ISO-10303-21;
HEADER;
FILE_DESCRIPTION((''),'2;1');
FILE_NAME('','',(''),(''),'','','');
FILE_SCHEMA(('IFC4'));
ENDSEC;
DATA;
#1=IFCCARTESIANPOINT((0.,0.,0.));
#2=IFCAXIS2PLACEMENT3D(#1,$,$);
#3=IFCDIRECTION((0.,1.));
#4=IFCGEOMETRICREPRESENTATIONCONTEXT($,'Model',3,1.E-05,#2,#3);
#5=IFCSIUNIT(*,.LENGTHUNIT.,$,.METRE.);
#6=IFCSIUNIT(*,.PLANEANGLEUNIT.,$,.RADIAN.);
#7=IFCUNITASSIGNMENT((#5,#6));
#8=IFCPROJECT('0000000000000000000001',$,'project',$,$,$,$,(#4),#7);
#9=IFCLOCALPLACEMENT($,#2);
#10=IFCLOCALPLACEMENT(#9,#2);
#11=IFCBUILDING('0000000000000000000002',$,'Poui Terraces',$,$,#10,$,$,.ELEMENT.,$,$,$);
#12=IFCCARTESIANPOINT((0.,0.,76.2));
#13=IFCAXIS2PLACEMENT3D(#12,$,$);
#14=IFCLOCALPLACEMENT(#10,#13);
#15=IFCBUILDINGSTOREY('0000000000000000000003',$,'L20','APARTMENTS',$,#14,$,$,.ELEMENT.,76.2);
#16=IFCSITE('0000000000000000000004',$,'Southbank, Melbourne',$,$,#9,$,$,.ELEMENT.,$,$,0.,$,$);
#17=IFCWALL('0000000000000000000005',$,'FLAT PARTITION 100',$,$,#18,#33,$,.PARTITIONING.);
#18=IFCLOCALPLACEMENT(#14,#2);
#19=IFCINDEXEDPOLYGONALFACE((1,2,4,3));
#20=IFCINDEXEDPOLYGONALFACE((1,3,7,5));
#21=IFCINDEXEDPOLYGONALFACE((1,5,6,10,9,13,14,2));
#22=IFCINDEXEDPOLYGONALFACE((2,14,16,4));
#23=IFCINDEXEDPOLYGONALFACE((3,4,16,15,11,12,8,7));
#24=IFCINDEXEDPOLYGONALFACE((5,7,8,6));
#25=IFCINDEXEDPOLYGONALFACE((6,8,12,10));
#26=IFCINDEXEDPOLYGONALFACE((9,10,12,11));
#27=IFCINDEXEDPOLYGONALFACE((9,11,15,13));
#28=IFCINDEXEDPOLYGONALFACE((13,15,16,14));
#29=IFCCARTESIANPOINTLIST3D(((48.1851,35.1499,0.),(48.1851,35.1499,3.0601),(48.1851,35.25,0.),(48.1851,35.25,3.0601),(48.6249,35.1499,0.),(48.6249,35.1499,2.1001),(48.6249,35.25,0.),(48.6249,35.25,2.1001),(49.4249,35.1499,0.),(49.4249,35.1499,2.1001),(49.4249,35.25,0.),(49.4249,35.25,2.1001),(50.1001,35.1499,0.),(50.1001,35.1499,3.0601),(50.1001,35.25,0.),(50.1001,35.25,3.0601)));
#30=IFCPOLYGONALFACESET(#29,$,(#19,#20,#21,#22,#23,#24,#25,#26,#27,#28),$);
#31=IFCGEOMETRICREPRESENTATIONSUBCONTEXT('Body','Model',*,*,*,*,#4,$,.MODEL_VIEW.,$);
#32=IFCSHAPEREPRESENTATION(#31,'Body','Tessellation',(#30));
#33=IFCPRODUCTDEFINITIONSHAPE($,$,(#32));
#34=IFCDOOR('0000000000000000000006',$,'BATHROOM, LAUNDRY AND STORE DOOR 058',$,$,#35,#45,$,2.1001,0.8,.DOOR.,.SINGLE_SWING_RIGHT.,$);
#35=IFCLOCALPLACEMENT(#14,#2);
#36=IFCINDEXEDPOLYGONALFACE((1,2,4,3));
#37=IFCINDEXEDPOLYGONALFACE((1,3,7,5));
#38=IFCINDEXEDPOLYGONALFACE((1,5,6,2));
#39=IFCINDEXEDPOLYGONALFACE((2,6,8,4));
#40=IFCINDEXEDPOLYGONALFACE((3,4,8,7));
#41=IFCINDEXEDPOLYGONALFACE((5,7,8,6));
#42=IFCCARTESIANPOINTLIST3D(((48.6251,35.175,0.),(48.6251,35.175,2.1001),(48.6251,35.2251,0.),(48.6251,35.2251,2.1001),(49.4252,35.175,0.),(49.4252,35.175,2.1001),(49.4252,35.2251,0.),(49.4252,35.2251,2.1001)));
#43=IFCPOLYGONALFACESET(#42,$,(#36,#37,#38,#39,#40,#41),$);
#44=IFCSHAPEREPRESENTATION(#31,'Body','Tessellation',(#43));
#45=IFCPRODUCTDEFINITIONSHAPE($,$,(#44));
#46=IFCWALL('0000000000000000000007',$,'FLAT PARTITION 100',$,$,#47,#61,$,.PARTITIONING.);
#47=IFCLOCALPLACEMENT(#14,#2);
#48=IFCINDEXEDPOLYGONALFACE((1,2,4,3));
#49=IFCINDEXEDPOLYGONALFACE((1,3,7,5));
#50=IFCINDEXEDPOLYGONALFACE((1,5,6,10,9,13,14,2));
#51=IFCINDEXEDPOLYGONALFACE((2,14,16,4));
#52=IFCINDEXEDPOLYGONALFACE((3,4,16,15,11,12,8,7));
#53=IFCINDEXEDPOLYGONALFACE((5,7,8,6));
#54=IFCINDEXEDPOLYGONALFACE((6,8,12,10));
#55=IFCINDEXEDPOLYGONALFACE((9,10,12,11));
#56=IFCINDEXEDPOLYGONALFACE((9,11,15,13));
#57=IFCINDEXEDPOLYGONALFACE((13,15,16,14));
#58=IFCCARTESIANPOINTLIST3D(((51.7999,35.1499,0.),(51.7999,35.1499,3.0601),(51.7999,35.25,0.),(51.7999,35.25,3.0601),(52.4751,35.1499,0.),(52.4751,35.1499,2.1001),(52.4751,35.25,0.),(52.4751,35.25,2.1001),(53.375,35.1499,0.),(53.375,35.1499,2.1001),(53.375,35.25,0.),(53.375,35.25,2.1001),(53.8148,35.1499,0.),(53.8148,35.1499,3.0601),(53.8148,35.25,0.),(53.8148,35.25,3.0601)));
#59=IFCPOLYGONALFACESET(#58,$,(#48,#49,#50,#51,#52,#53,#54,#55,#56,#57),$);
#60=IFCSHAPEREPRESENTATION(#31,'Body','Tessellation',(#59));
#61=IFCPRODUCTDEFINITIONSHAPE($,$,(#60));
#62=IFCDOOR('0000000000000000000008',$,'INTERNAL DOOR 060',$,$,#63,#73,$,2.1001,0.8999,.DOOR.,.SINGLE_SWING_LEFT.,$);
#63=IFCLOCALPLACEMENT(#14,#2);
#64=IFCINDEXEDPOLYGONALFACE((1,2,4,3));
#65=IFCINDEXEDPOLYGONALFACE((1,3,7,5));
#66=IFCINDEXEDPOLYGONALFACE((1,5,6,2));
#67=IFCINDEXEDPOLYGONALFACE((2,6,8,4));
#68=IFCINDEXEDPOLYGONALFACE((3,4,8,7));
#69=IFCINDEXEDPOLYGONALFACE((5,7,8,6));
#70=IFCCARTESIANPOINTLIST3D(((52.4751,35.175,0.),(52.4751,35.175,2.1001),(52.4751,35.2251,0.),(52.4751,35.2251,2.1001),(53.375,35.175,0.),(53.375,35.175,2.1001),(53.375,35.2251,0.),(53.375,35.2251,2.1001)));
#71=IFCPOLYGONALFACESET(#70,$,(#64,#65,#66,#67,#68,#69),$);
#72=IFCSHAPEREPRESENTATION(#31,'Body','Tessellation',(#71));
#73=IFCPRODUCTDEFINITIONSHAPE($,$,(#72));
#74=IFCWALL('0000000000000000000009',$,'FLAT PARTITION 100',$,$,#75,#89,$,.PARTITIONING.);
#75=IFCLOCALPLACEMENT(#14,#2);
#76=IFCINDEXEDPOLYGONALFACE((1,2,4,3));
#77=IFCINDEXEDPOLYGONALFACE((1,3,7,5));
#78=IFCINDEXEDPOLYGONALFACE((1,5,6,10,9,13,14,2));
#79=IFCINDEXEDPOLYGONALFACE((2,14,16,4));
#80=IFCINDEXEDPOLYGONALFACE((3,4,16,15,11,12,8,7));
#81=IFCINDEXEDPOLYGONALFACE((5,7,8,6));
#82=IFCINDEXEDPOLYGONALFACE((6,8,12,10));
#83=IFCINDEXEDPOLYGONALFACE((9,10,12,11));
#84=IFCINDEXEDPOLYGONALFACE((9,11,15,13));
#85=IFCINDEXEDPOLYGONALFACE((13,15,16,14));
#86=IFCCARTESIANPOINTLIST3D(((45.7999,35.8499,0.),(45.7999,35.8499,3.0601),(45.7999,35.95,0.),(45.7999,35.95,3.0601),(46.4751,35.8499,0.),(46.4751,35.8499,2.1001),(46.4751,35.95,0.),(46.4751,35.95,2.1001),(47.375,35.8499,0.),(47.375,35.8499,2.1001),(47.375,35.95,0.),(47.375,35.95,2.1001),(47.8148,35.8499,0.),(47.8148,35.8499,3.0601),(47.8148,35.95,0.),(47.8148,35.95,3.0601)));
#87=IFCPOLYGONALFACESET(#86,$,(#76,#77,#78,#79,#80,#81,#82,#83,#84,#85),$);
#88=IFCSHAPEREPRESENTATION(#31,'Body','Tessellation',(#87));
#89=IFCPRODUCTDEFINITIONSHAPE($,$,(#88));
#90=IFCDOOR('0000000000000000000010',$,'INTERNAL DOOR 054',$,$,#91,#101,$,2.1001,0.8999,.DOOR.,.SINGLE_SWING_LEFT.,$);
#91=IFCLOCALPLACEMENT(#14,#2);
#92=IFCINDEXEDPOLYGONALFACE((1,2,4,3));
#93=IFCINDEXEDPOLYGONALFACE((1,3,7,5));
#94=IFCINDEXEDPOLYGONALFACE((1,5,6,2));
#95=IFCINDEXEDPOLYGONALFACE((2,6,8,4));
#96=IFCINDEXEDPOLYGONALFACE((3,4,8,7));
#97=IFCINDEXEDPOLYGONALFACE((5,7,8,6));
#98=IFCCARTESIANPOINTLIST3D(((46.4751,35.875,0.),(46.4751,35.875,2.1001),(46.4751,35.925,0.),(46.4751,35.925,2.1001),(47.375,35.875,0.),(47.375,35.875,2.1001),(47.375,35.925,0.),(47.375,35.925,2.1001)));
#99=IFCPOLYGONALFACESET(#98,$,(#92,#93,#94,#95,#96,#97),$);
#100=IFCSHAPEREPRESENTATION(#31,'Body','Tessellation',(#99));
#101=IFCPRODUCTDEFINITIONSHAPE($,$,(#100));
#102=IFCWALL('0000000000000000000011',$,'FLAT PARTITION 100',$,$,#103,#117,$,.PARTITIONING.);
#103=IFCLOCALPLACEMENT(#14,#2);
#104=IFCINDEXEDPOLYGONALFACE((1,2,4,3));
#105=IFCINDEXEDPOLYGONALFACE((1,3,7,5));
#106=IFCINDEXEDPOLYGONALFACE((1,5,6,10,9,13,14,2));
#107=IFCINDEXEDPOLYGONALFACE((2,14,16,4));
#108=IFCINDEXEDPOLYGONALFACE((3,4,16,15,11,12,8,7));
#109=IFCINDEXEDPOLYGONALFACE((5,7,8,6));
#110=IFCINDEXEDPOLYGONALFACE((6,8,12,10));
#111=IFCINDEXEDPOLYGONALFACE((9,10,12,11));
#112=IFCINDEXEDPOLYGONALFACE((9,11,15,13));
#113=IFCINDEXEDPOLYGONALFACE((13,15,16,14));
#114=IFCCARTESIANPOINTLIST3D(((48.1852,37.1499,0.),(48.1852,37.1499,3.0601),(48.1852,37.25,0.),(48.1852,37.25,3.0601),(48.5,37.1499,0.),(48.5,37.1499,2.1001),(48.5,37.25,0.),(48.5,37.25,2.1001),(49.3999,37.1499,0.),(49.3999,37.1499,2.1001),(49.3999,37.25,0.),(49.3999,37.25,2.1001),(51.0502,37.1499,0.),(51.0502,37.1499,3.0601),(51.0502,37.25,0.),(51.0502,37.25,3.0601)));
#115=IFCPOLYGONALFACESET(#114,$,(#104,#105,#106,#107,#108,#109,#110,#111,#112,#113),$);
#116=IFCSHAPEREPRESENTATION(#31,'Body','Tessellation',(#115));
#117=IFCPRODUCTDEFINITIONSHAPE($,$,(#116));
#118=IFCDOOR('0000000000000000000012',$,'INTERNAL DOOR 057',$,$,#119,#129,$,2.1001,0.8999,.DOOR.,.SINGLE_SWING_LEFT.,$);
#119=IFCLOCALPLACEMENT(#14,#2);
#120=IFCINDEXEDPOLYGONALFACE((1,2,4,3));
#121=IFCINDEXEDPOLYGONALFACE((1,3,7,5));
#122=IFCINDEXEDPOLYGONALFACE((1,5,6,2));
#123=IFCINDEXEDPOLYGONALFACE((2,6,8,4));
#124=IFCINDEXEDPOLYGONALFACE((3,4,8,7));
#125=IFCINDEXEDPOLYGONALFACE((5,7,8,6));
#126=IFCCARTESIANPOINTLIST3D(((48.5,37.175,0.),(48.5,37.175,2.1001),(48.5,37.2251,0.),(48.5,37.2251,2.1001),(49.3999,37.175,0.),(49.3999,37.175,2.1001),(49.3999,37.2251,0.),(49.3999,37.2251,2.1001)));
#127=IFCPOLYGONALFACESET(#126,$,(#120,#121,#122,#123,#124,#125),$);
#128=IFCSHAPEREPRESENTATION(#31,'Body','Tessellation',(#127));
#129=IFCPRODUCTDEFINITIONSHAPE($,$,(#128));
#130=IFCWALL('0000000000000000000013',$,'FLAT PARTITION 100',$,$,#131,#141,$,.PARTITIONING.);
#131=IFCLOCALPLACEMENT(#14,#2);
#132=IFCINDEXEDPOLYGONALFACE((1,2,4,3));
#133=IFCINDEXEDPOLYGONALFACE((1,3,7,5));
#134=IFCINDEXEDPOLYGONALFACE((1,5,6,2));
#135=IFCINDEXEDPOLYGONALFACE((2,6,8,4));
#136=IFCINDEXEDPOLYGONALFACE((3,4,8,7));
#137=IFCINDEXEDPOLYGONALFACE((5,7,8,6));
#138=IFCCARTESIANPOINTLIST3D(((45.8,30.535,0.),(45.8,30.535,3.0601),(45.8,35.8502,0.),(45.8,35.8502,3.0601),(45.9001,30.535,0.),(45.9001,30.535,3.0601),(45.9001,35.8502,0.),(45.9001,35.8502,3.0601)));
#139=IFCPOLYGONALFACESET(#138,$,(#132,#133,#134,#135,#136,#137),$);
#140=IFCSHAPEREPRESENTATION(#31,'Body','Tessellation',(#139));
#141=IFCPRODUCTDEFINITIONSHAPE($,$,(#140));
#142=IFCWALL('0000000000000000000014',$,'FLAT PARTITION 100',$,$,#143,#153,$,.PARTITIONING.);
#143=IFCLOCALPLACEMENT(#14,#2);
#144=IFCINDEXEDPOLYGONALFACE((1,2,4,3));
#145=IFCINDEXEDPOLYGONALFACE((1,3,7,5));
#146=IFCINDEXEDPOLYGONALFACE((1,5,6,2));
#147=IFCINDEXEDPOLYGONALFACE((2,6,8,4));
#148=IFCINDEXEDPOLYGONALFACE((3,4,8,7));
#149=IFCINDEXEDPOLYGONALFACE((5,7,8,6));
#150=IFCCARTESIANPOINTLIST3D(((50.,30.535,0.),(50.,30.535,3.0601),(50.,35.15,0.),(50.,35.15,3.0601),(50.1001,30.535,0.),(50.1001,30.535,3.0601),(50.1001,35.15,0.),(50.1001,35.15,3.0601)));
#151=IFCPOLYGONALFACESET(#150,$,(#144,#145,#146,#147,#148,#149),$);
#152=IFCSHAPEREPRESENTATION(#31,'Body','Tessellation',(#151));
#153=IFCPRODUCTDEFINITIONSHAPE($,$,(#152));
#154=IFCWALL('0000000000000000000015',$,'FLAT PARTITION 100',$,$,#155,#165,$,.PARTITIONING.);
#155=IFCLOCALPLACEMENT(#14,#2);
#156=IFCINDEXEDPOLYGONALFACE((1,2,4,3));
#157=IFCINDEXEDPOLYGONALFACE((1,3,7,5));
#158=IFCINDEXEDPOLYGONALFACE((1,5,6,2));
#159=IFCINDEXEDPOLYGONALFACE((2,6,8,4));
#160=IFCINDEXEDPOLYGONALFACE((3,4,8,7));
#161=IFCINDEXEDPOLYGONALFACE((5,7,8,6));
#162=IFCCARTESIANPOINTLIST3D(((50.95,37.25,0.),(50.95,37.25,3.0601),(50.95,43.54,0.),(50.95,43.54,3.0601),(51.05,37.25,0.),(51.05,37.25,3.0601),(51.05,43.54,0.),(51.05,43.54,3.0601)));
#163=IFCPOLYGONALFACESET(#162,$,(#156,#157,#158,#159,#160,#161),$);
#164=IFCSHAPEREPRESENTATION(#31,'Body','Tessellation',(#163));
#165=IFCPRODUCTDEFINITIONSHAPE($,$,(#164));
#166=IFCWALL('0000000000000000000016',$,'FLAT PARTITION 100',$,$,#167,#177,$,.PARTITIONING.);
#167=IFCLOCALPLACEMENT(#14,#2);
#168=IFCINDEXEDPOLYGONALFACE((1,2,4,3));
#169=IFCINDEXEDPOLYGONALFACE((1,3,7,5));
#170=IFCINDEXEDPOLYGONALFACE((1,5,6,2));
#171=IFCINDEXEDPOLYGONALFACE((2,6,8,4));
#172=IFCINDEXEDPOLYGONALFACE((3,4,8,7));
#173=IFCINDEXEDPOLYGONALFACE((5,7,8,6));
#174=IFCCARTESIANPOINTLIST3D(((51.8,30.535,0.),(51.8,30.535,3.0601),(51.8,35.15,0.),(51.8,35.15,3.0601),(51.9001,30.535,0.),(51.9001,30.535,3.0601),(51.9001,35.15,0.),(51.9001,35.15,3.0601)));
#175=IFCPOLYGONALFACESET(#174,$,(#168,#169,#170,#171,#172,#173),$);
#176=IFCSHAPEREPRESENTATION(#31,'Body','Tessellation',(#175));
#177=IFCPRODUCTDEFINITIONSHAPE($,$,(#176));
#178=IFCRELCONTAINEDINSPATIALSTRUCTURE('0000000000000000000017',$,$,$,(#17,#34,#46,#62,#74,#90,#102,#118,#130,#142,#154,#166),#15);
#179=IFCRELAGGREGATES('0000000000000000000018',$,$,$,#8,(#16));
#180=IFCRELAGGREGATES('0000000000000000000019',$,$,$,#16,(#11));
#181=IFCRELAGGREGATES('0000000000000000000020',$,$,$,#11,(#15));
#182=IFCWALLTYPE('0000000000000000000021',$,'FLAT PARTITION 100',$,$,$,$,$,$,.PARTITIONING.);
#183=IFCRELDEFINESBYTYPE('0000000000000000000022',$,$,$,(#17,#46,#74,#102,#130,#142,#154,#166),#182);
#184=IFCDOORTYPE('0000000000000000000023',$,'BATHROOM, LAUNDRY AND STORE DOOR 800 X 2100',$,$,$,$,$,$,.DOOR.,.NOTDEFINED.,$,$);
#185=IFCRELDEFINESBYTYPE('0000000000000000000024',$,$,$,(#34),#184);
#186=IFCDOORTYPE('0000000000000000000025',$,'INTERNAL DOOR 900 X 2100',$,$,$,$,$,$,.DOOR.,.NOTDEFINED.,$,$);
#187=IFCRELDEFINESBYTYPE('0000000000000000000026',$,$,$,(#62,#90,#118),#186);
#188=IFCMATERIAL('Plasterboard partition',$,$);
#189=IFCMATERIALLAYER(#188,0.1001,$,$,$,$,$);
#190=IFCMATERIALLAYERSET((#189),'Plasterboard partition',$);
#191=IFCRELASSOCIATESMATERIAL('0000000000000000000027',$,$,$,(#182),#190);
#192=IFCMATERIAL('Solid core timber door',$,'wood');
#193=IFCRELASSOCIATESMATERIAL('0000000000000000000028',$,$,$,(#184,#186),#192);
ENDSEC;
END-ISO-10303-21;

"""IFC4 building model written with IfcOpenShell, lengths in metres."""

from ifc_helpers import new_model, si_unit, direction, frame, frame_2d, origin, place, context, subcontext, project, spatial, rectangle, extrude, material, layer, layer_set, type_object, element, fill, save


model = new_model("IFC4")

# Units and contexts
model_context = context("Model", 3, precision=1e-05, world=origin(), true_north=direction((0.0, 1.0)))
body_context = subcontext(model_context, "Body", "Model", "MODEL_VIEW")
ifc_project = project(units=[si_unit("LENGTHUNIT", "METRE"), si_unit("PLANEANGLEUNIT", "RADIAN")], contexts=[model_context])

# Site, building, storey
site_placement = place(None, origin())
site = spatial("IfcSite", under=ifc_project, at=site_placement, Name="Southbank, Melbourne", CompositionType="ELEMENT", RefElevation=0.0)
building_placement = place(site_placement, origin())
building = spatial("IfcBuilding", under=site, at=building_placement, Name="Poui Terraces", CompositionType="ELEMENT")
storey_placement = place(building_placement, frame((0.0, 0.0, 76.2)))
storey = spatial("IfcBuildingStorey", under=building, at=storey_placement, Name="L20", Description="APARTMENTS", CompositionType="ELEMENT", Elevation=76.2)

# Walls, openings, doors
ifc_material_1 = material(Name="Plasterboard partition")
ifc_layer_1 = layer(ifc_material_1, 0.1001)
ifc_layer_set_1 = layer_set([ifc_layer_1], Name="Plasterboard partition")
wall_type_1 = type_object("IfcWallType", Name="FLAT PARTITION 100", PredefinedType="PARTITIONING", material=ifc_layer_set_1)
wall_1_placement = place(storey_placement, frame((48.1851, 35.2, 0.0), z_axis=(0.0, 0.0, 1.0), x_axis=(1.0, 0.0, 0.0)))
wall_1 = element("IfcWall", 1, at=wall_1_placement, inside=storey, type_object=wall_type_1, Name="FLAT PARTITION 100", PredefinedType="PARTITIONING", context=body_context, shape_type="SweptSolid", body=[
    extrude(rectangle(XDim=1.915, YDim=0.1001, at=frame_2d((0.9575, 0.0))), origin(), (0.0, 0.0, 1.0), 3.0601),
])
opening_1_placement = place(wall_1_placement, frame((0.4399, 0.0, 0.0)))
opening_1 = element("IfcOpeningElement", 2, at=opening_1_placement, cuts=wall_1, PredefinedType="OPENING", context=body_context, shape_type="SweptSolid", body=[
    extrude(rectangle(XDim=0.8, YDim=2.1001, at=frame_2d((0.3999, 1.05))), frame((0.0, 0.0601, 0.0), z_axis=(0.0, -1.0, 0.0), x_axis=(1.0, 0.0, 0.0)), (0.0, 0.0, 1.0), 0.1201),
])
ifc_material_2 = material(Name="Solid core timber door", Category="wood")
door_type_1 = type_object("IfcDoorType", Name="BATHROOM, LAUNDRY AND STORE DOOR 800 X 2100", OperationType="NOTDEFINED", PredefinedType="DOOR", material=ifc_material_2)
door_1_placement = place(opening_1_placement, frame((0.8, 0.0, 0.0), z_axis=(0.0, 0.0, 1.0), x_axis=(-1.0, 0.0, 0.0)))
door_1 = element("IfcDoor", 3, at=door_1_placement, inside=storey, type_object=door_type_1, Name="BATHROOM, LAUNDRY AND STORE DOOR 058", OperationType="SINGLE_SWING_RIGHT", OverallHeight=2.1001, OverallWidth=0.8, PredefinedType="DOOR", context=body_context, shape_type="SweptSolid", body=[
    extrude(rectangle(XDim=0.8, YDim=2.1001, at=frame_2d((0.3999, 1.05))), frame((0.0, 0.0249, 0.0), z_axis=(0.0, -1.0, 0.0), x_axis=(1.0, 0.0, 0.0)), (0.0, 0.0, 1.0), 0.05),
])
fill(opening_1, door_1)
wall_2_placement = place(storey_placement, frame((51.8, 35.2, 0.0), z_axis=(0.0, 0.0, 1.0), x_axis=(1.0, 0.0, 0.0)))
wall_2 = element("IfcWall", 4, at=wall_2_placement, inside=storey, type_object=wall_type_1, Name="FLAT PARTITION 100", PredefinedType="PARTITIONING", context=body_context, shape_type="SweptSolid", body=[
    extrude(rectangle(XDim=2.0149, YDim=0.1001, at=frame_2d((1.0073, 0.0))), origin(), (0.0, 0.0, 1.0), 3.0601),
])
opening_2_placement = place(wall_2_placement, frame((0.675, 0.0, 0.0)))
opening_2 = element("IfcOpeningElement", 5, at=opening_2_placement, cuts=wall_2, PredefinedType="OPENING", context=body_context, shape_type="SweptSolid", body=[
    extrude(rectangle(XDim=0.8999, YDim=2.1001, at=frame_2d((0.45, 1.05))), frame((0.0, 0.0601, 0.0), z_axis=(0.0, -1.0, 0.0), x_axis=(1.0, 0.0, 0.0)), (0.0, 0.0, 1.0), 0.1201),
])
door_type_2 = type_object("IfcDoorType", Name="INTERNAL DOOR 900 X 2100", OperationType="NOTDEFINED", PredefinedType="DOOR", material=ifc_material_2)
door_2_placement = place(opening_2_placement, frame((0.8999, 0.0, 0.0), z_axis=(0.0, 0.0, 1.0), x_axis=(-1.0, 0.0, 0.0)))
door_2 = element("IfcDoor", 6, at=door_2_placement, inside=storey, type_object=door_type_2, Name="INTERNAL DOOR 060", OperationType="SINGLE_SWING_LEFT", OverallHeight=2.1001, OverallWidth=0.8999, PredefinedType="DOOR", context=body_context, shape_type="SweptSolid", body=[
    extrude(rectangle(XDim=0.8999, YDim=2.1001, at=frame_2d((0.45, 1.05))), frame((0.0, 0.0249, 0.0), z_axis=(0.0, -1.0, 0.0), x_axis=(1.0, 0.0, 0.0)), (0.0, 0.0, 1.0), 0.05),
])
fill(opening_2, door_2)
wall_3_placement = place(storey_placement, frame((45.8, 35.8999, 0.0), z_axis=(0.0, 0.0, 1.0), x_axis=(1.0, 0.0, 0.0)))
wall_3 = element("IfcWall", 7, at=wall_3_placement, inside=storey, type_object=wall_type_1, Name="FLAT PARTITION 100", PredefinedType="PARTITIONING", context=body_context, shape_type="SweptSolid", body=[
    extrude(rectangle(XDim=2.0149, YDim=0.1001, at=frame_2d((1.0073, 0.0))), origin(), (0.0, 0.0, 1.0), 3.0601),
])
opening_3_placement = place(wall_3_placement, frame((0.675, 0.0, 0.0)))
opening_3 = element("IfcOpeningElement", 8, at=opening_3_placement, cuts=wall_3, PredefinedType="OPENING", context=body_context, shape_type="SweptSolid", body=[
    extrude(rectangle(XDim=0.8999, YDim=2.1001, at=frame_2d((0.45, 1.05))), frame((0.0, 0.0601, 0.0), z_axis=(0.0, -1.0, 0.0), x_axis=(1.0, 0.0, 0.0)), (0.0, 0.0, 1.0), 0.1201),
])
door_3_placement = place(opening_3_placement, frame((0.8999, 0.0, 0.0), z_axis=(0.0, 0.0, 1.0), x_axis=(-1.0, 0.0, 0.0)))
door_3 = element("IfcDoor", 9, at=door_3_placement, inside=storey, type_object=door_type_2, Name="INTERNAL DOOR 054", OperationType="SINGLE_SWING_LEFT", OverallHeight=2.1001, OverallWidth=0.8999, PredefinedType="DOOR", context=body_context, shape_type="SweptSolid", body=[
    extrude(rectangle(XDim=0.8999, YDim=2.1001, at=frame_2d((0.45, 1.05))), frame((0.0, 0.0249, 0.0), z_axis=(0.0, -1.0, 0.0), x_axis=(1.0, 0.0, 0.0)), (0.0, 0.0, 1.0), 0.05),
])
fill(opening_3, door_3)
wall_4_placement = place(storey_placement, frame((48.1851, 37.2, 0.0), z_axis=(0.0, 0.0, 1.0), x_axis=(1.0, 0.0, 0.0)))
wall_4 = element("IfcWall", 10, at=wall_4_placement, inside=storey, type_object=wall_type_1, Name="FLAT PARTITION 100", PredefinedType="PARTITIONING", context=body_context, shape_type="SweptSolid", body=[
    extrude(rectangle(XDim=2.865, YDim=0.1001, at=frame_2d((1.4326, 0.0))), origin(), (0.0, 0.0, 1.0), 3.0601),
])
opening_4_placement = place(wall_4_placement, frame((0.3149, 0.0, 0.0)))
opening_4 = element("IfcOpeningElement", 11, at=opening_4_placement, cuts=wall_4, PredefinedType="OPENING", context=body_context, shape_type="SweptSolid", body=[
    extrude(rectangle(XDim=0.8999, YDim=2.1001, at=frame_2d((0.45, 1.05))), frame((0.0, 0.0601, 0.0), z_axis=(0.0, -1.0, 0.0), x_axis=(1.0, 0.0, 0.0)), (0.0, 0.0, 1.0), 0.1201),
])
door_4_placement = place(opening_4_placement, frame((0.8999, 0.0, 0.0), z_axis=(0.0, 0.0, 1.0), x_axis=(-1.0, 0.0, 0.0)))
door_4 = element("IfcDoor", 12, at=door_4_placement, inside=storey, type_object=door_type_2, Name="INTERNAL DOOR 057", OperationType="SINGLE_SWING_LEFT", OverallHeight=2.1001, OverallWidth=0.8999, PredefinedType="DOOR", context=body_context, shape_type="SweptSolid", body=[
    extrude(rectangle(XDim=0.8999, YDim=2.1001, at=frame_2d((0.45, 1.05))), frame((0.0, 0.0249, 0.0), z_axis=(0.0, -1.0, 0.0), x_axis=(1.0, 0.0, 0.0)), (0.0, 0.0, 1.0), 0.05),
])
fill(opening_4, door_4)

# Walls
wall_5_placement = place(storey_placement, frame((45.8501, 30.5349, 0.0), z_axis=(0.0, 0.0, 1.0), x_axis=(0.0, 1.0, 0.0)))
element("IfcWall", 13, at=wall_5_placement, inside=storey, type_object=wall_type_1, Name="FLAT PARTITION 100", PredefinedType="PARTITIONING", context=body_context, shape_type="SweptSolid", body=[
    extrude(rectangle(XDim=5.3152, YDim=0.1001, at=frame_2d((2.6577, 0.0))), origin(), (0.0, 0.0, 1.0), 3.0601),
])
wall_6_placement = place(storey_placement, frame((50.05, 30.5349, 0.0), z_axis=(0.0, 0.0, 1.0), x_axis=(0.0, 1.0, 0.0)))
element("IfcWall", 14, at=wall_6_placement, inside=storey, type_object=wall_type_1, Name="FLAT PARTITION 100", PredefinedType="PARTITIONING", context=body_context, shape_type="SweptSolid", body=[
    extrude(rectangle(XDim=4.615, YDim=0.1001, at=frame_2d((2.3076, 0.0))), origin(), (0.0, 0.0, 1.0), 3.0601),
])
wall_7_placement = place(storey_placement, frame((51.0, 37.25, 0.0), z_axis=(0.0, 0.0, 1.0), x_axis=(0.0, 1.0, 0.0)))
element("IfcWall", 15, at=wall_7_placement, inside=storey, type_object=wall_type_1, Name="FLAT PARTITION 100", PredefinedType="PARTITIONING", context=body_context, shape_type="SweptSolid", body=[
    extrude(rectangle(XDim=6.29, YDim=0.1001, at=frame_2d((3.145, 0.0))), origin(), (0.0, 0.0, 1.0), 3.0601),
])
wall_8_placement = place(storey_placement, frame((51.8501, 30.5349, 0.0), z_axis=(0.0, 0.0, 1.0), x_axis=(0.0, 1.0, 0.0)))
element("IfcWall", 16, at=wall_8_placement, inside=storey, type_object=wall_type_1, Name="FLAT PARTITION 100", PredefinedType="PARTITIONING", context=body_context, shape_type="SweptSolid", body=[
    extrude(rectangle(XDim=4.615, YDim=0.1001, at=frame_2d((2.3076, 0.0))), origin(), (0.0, 0.0, 1.0), 3.0601),
])

save(model, "model.ifc")
